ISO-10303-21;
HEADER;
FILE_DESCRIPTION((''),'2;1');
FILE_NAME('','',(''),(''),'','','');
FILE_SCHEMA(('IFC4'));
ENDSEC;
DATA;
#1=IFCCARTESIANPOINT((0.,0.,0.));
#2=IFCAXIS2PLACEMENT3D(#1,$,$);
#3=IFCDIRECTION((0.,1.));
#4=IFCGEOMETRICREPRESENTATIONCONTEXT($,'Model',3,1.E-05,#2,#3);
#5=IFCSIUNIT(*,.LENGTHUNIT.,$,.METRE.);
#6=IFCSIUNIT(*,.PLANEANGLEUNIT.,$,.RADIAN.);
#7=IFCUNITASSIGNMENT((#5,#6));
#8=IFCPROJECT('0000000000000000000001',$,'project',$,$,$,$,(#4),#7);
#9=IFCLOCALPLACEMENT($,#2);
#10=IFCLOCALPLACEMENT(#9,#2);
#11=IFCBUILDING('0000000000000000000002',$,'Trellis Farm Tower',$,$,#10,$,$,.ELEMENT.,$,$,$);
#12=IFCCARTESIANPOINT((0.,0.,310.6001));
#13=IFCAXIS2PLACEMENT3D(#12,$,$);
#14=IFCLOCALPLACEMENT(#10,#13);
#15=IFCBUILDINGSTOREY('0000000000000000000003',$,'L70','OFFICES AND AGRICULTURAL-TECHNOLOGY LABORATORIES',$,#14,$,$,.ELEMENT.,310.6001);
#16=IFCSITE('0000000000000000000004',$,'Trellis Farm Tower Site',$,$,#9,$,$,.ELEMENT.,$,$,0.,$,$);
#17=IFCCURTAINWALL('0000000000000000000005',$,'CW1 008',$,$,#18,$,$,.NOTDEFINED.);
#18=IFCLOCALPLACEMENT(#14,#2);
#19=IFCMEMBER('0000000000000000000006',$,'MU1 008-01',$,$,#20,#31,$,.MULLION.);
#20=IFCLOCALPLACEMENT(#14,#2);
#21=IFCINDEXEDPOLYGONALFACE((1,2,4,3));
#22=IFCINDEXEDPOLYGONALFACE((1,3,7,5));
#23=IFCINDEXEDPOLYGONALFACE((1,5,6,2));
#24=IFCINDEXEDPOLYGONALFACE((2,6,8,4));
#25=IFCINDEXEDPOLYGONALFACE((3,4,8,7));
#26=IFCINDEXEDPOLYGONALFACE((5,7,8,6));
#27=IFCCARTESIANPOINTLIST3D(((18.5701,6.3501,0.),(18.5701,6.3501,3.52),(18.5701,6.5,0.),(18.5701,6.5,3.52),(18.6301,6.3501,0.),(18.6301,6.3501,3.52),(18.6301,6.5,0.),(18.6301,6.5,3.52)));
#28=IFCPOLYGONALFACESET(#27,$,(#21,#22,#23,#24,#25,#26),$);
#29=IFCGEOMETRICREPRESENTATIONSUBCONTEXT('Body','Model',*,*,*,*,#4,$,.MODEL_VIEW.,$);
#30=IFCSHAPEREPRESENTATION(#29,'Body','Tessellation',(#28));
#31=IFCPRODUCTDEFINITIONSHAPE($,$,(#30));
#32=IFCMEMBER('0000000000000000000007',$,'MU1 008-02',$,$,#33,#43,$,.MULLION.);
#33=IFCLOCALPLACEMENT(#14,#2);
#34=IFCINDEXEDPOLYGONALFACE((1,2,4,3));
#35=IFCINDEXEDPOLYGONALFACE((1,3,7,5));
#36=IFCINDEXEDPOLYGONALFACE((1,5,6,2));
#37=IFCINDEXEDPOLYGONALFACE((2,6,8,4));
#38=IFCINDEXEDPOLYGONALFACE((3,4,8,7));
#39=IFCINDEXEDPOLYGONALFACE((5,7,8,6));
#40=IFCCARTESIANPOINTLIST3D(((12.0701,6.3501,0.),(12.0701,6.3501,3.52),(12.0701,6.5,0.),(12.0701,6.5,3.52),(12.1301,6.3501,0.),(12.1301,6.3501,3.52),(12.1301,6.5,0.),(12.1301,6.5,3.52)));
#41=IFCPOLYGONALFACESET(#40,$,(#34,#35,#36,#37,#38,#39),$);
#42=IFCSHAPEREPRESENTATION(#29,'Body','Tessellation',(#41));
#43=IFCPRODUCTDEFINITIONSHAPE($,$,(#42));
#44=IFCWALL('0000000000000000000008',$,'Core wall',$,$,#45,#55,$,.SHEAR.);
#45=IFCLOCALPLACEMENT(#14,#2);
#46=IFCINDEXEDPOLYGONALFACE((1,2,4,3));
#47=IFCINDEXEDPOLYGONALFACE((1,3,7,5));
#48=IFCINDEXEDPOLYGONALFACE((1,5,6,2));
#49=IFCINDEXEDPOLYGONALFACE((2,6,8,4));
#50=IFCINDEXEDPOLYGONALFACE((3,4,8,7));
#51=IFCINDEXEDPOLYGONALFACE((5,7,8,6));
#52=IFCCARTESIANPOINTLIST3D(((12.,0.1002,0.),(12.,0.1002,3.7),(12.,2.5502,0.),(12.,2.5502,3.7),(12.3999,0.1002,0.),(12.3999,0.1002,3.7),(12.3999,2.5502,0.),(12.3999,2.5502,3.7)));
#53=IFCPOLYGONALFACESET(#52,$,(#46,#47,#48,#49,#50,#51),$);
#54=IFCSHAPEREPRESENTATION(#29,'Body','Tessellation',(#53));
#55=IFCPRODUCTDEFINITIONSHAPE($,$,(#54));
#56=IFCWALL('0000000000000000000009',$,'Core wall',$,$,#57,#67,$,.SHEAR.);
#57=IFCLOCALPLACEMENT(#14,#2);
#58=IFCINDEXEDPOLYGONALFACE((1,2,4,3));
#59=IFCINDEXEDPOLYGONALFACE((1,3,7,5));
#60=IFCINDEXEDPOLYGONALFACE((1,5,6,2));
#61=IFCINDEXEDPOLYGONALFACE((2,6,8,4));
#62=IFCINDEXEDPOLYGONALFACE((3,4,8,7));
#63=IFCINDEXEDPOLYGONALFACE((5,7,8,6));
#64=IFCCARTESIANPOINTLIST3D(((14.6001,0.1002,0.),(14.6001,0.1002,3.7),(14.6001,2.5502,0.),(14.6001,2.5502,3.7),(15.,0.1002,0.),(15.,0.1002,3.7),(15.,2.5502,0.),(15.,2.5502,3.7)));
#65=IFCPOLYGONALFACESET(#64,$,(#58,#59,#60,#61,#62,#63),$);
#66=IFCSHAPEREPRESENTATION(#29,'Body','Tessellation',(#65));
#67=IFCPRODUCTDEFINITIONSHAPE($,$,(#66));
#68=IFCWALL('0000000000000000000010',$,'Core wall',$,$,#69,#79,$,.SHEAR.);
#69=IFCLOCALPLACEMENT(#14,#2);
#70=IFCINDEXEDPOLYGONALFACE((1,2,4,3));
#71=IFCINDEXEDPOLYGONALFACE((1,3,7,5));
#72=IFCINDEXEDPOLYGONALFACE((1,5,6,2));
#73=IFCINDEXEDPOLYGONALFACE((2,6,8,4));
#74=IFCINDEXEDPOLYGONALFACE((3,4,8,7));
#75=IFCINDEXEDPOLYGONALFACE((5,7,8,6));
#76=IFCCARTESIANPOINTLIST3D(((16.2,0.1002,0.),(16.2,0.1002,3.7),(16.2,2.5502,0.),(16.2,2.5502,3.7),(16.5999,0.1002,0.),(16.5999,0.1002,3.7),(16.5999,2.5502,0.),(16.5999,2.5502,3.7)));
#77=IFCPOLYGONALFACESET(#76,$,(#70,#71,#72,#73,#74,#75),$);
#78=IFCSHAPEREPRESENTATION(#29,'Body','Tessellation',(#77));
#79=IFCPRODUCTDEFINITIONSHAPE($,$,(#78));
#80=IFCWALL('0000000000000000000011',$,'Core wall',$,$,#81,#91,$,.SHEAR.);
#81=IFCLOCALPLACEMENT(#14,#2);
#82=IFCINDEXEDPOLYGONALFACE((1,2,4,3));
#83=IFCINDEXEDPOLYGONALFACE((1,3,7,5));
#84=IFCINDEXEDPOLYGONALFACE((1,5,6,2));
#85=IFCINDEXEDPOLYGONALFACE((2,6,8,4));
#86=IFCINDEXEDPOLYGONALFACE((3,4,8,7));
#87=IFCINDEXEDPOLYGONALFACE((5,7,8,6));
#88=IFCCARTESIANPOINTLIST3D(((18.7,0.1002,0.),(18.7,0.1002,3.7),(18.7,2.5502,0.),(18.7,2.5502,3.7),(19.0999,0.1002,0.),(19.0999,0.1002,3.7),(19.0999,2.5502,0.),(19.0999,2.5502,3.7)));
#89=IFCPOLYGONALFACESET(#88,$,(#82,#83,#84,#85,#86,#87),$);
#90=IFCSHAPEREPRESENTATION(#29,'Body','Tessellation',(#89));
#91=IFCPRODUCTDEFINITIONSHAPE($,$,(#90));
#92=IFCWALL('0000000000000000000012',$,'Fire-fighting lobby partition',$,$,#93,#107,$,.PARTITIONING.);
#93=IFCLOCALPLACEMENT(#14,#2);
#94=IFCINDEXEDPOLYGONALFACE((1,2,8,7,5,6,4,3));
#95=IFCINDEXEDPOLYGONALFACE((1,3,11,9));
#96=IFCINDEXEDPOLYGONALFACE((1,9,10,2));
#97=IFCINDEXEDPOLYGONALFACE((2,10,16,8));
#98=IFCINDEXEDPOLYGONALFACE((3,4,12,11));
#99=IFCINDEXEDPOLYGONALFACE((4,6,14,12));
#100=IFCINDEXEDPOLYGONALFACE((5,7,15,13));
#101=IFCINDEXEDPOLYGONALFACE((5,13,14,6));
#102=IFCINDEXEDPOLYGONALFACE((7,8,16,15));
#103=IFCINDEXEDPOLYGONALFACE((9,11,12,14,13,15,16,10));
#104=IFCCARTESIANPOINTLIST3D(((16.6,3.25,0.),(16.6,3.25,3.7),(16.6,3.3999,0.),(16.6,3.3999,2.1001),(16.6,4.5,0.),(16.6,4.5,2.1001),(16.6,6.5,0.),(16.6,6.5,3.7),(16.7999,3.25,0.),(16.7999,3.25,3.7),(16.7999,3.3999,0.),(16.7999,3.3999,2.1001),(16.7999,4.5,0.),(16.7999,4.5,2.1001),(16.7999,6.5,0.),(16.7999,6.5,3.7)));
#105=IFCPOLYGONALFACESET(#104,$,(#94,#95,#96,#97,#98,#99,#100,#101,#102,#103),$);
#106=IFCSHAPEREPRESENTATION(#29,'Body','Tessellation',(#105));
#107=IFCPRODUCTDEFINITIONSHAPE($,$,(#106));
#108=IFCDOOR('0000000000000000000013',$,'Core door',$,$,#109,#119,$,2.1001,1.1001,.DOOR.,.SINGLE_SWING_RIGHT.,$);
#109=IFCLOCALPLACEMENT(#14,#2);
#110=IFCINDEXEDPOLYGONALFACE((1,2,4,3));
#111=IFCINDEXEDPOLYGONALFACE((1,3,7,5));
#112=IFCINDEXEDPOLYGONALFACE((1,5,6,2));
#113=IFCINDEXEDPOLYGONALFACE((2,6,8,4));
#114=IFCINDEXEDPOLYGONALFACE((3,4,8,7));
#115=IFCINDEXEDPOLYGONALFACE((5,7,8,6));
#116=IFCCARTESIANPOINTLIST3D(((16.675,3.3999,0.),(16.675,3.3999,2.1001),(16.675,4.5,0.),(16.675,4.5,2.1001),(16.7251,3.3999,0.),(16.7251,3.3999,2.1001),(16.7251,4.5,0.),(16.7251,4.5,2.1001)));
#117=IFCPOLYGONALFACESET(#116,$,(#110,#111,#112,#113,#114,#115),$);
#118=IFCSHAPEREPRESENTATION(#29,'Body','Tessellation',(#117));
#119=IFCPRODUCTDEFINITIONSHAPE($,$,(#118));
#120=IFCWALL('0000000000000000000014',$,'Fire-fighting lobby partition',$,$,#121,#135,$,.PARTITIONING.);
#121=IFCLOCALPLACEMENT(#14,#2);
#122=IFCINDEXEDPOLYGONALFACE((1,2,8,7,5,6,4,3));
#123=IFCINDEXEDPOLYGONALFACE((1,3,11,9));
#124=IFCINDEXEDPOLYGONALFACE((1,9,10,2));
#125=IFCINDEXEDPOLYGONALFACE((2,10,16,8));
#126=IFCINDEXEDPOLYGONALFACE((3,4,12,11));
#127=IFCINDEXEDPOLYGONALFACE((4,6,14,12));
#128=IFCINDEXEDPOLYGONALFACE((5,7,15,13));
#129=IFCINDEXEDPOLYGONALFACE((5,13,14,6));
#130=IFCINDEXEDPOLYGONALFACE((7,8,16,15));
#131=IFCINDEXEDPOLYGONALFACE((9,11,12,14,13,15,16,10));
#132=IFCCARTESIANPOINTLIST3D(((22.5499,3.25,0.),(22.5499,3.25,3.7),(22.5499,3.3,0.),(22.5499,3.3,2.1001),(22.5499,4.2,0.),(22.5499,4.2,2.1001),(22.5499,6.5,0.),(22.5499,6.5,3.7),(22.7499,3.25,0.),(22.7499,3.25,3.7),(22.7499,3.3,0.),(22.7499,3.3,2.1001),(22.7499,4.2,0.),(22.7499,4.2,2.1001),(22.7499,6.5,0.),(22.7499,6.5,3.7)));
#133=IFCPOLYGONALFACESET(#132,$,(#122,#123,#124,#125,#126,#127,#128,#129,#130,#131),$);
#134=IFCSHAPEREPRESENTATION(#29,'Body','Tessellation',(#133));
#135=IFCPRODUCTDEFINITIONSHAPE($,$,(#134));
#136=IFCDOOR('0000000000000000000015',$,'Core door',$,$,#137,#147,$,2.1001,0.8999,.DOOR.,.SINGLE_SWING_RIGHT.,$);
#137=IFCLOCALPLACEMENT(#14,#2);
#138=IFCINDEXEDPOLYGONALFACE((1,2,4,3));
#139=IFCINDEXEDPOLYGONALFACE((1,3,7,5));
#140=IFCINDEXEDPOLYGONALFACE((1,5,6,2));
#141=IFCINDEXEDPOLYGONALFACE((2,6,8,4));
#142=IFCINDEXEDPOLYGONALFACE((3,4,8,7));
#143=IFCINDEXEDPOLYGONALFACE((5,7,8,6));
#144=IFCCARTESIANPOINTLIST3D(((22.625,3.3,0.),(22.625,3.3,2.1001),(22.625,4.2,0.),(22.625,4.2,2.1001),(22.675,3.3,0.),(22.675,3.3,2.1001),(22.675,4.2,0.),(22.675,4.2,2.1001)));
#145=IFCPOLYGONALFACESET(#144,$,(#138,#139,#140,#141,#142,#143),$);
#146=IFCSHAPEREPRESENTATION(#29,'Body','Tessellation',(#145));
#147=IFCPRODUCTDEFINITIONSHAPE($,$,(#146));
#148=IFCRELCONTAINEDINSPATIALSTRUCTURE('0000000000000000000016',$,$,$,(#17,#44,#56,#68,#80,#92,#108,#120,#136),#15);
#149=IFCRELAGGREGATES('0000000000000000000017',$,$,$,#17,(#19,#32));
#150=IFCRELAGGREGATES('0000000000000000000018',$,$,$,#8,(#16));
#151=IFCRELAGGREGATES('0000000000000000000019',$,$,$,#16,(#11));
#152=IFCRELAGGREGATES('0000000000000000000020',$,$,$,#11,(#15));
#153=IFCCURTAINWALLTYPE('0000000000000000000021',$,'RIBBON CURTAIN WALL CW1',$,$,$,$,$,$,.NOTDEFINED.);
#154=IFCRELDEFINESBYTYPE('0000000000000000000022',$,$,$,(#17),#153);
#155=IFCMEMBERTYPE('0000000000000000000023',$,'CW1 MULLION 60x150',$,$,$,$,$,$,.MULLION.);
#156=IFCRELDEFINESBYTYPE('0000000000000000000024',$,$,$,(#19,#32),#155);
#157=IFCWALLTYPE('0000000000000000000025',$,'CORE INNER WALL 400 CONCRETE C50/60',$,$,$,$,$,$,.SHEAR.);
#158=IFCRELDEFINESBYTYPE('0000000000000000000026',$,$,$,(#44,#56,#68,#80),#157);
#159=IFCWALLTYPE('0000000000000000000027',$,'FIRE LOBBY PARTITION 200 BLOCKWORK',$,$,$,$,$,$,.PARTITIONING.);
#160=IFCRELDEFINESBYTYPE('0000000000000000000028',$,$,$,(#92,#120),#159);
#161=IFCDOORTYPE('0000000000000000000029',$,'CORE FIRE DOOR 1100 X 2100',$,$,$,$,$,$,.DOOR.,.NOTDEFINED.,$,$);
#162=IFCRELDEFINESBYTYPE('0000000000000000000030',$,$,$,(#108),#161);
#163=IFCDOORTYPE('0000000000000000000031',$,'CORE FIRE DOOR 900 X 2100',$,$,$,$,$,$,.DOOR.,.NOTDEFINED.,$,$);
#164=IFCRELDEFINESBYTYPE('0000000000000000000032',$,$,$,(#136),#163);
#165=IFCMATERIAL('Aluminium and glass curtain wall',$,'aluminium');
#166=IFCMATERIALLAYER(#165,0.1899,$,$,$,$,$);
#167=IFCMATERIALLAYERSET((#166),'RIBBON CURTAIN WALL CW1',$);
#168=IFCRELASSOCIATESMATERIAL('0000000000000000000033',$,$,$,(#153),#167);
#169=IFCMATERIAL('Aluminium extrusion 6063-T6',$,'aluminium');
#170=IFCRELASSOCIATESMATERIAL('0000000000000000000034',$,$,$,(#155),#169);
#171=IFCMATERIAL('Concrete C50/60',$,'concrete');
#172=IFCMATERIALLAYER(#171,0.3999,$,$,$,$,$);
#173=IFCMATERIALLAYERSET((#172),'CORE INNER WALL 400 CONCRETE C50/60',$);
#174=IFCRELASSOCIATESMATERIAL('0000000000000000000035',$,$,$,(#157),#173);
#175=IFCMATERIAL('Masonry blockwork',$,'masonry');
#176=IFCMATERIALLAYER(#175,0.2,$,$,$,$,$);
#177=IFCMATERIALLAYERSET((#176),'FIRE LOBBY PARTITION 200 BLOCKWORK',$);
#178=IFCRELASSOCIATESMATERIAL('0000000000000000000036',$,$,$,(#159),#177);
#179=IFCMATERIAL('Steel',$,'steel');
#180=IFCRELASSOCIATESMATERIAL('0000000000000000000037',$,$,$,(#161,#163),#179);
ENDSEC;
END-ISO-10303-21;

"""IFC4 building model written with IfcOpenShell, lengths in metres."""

from ifc_helpers import new_model, si_unit, direction, frame, frame_2d, origin, origin_2d, place, context, subcontext, project, spatial, rectangle, extrude, source, transform, mapped, material, layer, layer_set, material_profile, profile_set, type_object, element, fill, aggregate, save


model = new_model("IFC4")

# Units and contexts
model_context = context("Model", 3, precision=1e-05, world=origin(), true_north=direction((0.0, 1.0)))
body_context = subcontext(model_context, "Body", "Model", "MODEL_VIEW")
ifc_project = project(units=[si_unit("LENGTHUNIT", "METRE"), si_unit("PLANEANGLEUNIT", "RADIAN")], contexts=[model_context])

# Site, building, storey
site_placement = place(None, origin())
site = spatial("IfcSite", under=ifc_project, at=site_placement, Name="Trellis Farm Tower Site", CompositionType="ELEMENT", RefElevation=0.0)
building_placement = place(site_placement, origin())
building = spatial("IfcBuilding", under=site, at=building_placement, Name="Trellis Farm Tower", CompositionType="ELEMENT")
storey_placement = place(building_placement, frame((0.0, 0.0, 310.6001)))
storey = spatial("IfcBuildingStorey", under=building, at=storey_placement, Name="L70", Description="OFFICES AND AGRICULTURAL-TECHNOLOGY LABORATORIES", CompositionType="ELEMENT", Elevation=310.6001)

# Curtain wall, members
ifc_material_1 = material(Name="Aluminium and glass curtain wall", Category="aluminium")
ifc_layer_1 = layer(ifc_material_1, 0.1899)
ifc_layer_set_1 = layer_set([ifc_layer_1], Name="RIBBON CURTAIN WALL CW1")
curtain_wall_type = type_object("IfcCurtainWallType", Name="RIBBON CURTAIN WALL CW1", PredefinedType="NOTDEFINED", material=ifc_layer_set_1)
placement = place(storey_placement, origin())
ifc_material_2 = material(Name="Aluminium extrusion 6063-T6", Category="aluminium")
ifc_material_profile_1 = material_profile(ifc_material_2, rectangle(XDim=0.0601, YDim=0.1499, at=origin_2d()), Name="MULLION 60x150")
ifc_profile_set_1 = profile_set([ifc_material_profile_1], Name="Aluminium extrusion 6063-T6")
member_type = type_object("IfcMemberType", Name="CW1 MULLION 60x150", PredefinedType="MULLION", material=ifc_profile_set_1)
shared_shape_1 = source(origin(), body_context, "Body", "SweptSolid", [
    extrude(rectangle(XDim=0.0601, YDim=0.1499, at=origin_2d()), origin(), (0.0, 0.0, 1.0), 3.52),
])
curtain_wall_1 = element("IfcCurtainWall", 1, at=placement, inside=storey, type_object=curtain_wall_type, Name="CW1 008", PredefinedType="NOTDEFINED")
member_1_placement = place(storey_placement, frame((18.6001, 6.425, 0.0), z_axis=(0.0, 0.0, 1.0), x_axis=(-1.0, 0.0, 0.0)))
member_1 = element("IfcMember", 2, at=member_1_placement, type_object=member_type, Name="MU1 008-01", PredefinedType="MULLION", context=body_context, shape_type="MappedRepresentation", body=[
    mapped(shared_shape_1, transform((0.0, 0.0, 0.0))),
])
member_2_placement = place(storey_placement, frame((12.1001, 6.425, 0.0), z_axis=(0.0, 0.0, 1.0), x_axis=(-1.0, 0.0, 0.0)))
member_2 = element("IfcMember", 3, at=member_2_placement, type_object=member_type, Name="MU1 008-02", PredefinedType="MULLION", context=body_context, shape_type="MappedRepresentation", body=[
    mapped(shared_shape_1, transform((0.0, 0.0, 0.0))),
])
aggregate(curtain_wall_1, [member_1, member_2])

# Walls
ifc_material_3 = material(Name="Concrete C50/60", Category="concrete")
ifc_layer_2 = layer(ifc_material_3, 0.3999)
ifc_layer_set_2 = layer_set([ifc_layer_2], Name="CORE INNER WALL 400 CONCRETE C50/60")
wall_type_1 = type_object("IfcWallType", Name="CORE INNER WALL 400 CONCRETE C50/60", PredefinedType="SHEAR", material=ifc_layer_set_2)
shared_shape_2 = source(origin(), body_context, "Body", "SweptSolid", [
    extrude(rectangle(XDim=2.45, YDim=0.3999, at=frame_2d((1.2251, 0.0))), origin(), (0.0, 0.0, 1.0), 3.7),
])
for number, where, z_axis, x_axis, name in (
    (4, (12.2, 0.1001, 0.0), (0.0, 0.0, 1.0), (0.0, 1.0, 0.0), "Core wall"),
    (5, (14.8, 0.1001, 0.0), (0.0, 0.0, 1.0), (0.0, 1.0, 0.0), "Core wall"),
    (6, (16.3999, 0.1001, 0.0), (0.0, 0.0, 1.0), (0.0, 1.0, 0.0), "Core wall"),
    (7, (18.8999, 0.1001, 0.0), (0.0, 0.0, 1.0), (0.0, 1.0, 0.0), "Core wall"),
):
    element("IfcWall", number, at=place(storey_placement, frame(where, z_axis=z_axis, x_axis=x_axis)), inside=storey, type_object=wall_type_1, Name=name, PredefinedType="SHEAR", context=body_context, shape_type="MappedRepresentation", body=[
        mapped(shared_shape_2, transform((0.0, 0.0, 0.0))),
    ])

# Walls, openings, doors
ifc_material_4 = material(Name="Masonry blockwork", Category="masonry")
ifc_layer_3 = layer(ifc_material_4, 0.2)
ifc_layer_set_3 = layer_set([ifc_layer_3], Name="FIRE LOBBY PARTITION 200 BLOCKWORK")
wall_type_2 = type_object("IfcWallType", Name="FIRE LOBBY PARTITION 200 BLOCKWORK", PredefinedType="PARTITIONING", material=ifc_layer_set_3)
shared_shape_3 = source(origin(), body_context, "Body", "SweptSolid", [
    extrude(rectangle(XDim=3.25, YDim=0.2, at=frame_2d((1.625, 0.0))), origin(), (0.0, 0.0, 1.0), 3.7),
])
wall_1_placement = place(storey_placement, frame((16.7, 3.25, 0.0), z_axis=(0.0, 0.0, 1.0), x_axis=(0.0, 1.0, 0.0)))
wall_1 = element("IfcWall", 8, at=wall_1_placement, inside=storey, type_object=wall_type_2, Name="Fire-fighting lobby partition", PredefinedType="PARTITIONING", context=body_context, shape_type="MappedRepresentation", body=[
    mapped(shared_shape_3, transform((0.0, 0.0, 0.0))),
])
shared_shape_4 = source(origin(), body_context, "Body", "SweptSolid", [
    extrude(rectangle(XDim=1.1001, YDim=2.1001, at=frame_2d((0.55, 1.05))), frame((0.0, 0.1101, 0.0), z_axis=(0.0, -1.0, 0.0), x_axis=(1.0, 0.0, 0.0)), (0.0, 0.0, 1.0), 0.2202),
])
opening_1_placement = place(wall_1_placement, frame((0.1499, 0.0, 0.0)))
opening_1 = element("IfcOpeningElement", 9, at=opening_1_placement, cuts=wall_1, PredefinedType="OPENING", context=body_context, shape_type="MappedRepresentation", body=[
    mapped(shared_shape_4, transform((0.0, 0.0, 0.0))),
])
ifc_material_5 = material(Name="Steel", Category="steel")
door_type_1 = type_object("IfcDoorType", Name="CORE FIRE DOOR 1100 X 2100", OperationType="NOTDEFINED", PredefinedType="DOOR", material=ifc_material_5)
shared_shape_5 = source(origin(), body_context, "Body", "SweptSolid", [
    extrude(rectangle(XDim=1.1001, YDim=2.1001, at=frame_2d((0.55, 1.05))), frame((0.0, 0.0249, 0.0), z_axis=(0.0, -1.0, 0.0), x_axis=(1.0, 0.0, 0.0)), (0.0, 0.0, 1.0), 0.05),
])
door_1_placement = place(opening_1_placement, origin())
door_1 = element("IfcDoor", 10, at=door_1_placement, inside=storey, type_object=door_type_1, Name="Core door", OperationType="SINGLE_SWING_RIGHT", OverallHeight=2.1001, OverallWidth=1.1001, PredefinedType="DOOR", context=body_context, shape_type="MappedRepresentation", body=[
    mapped(shared_shape_5, transform((0.0, 0.0, 0.0))),
])
fill(opening_1, door_1)
wall_2_placement = place(storey_placement, frame((22.6499, 3.25, 0.0), z_axis=(0.0, 0.0, 1.0), x_axis=(0.0, 1.0, 0.0)))
wall_2 = element("IfcWall", 11, at=wall_2_placement, inside=storey, type_object=wall_type_2, Name="Fire-fighting lobby partition", PredefinedType="PARTITIONING", context=body_context, shape_type="MappedRepresentation", body=[
    mapped(shared_shape_3, transform((0.0, 0.0, 0.0))),
])
shared_shape_6 = source(origin(), body_context, "Body", "SweptSolid", [
    extrude(rectangle(XDim=0.8999, YDim=2.1001, at=frame_2d((0.45, 1.05))), frame((0.0, 0.1101, 0.0), z_axis=(0.0, -1.0, 0.0), x_axis=(1.0, 0.0, 0.0)), (0.0, 0.0, 1.0), 0.2202),
])
opening_2_placement = place(wall_2_placement, frame((0.05, 0.0, 0.0)))
opening_2 = element("IfcOpeningElement", 12, at=opening_2_placement, cuts=wall_2, PredefinedType="OPENING", context=body_context, shape_type="MappedRepresentation", body=[
    mapped(shared_shape_6, transform((0.0, 0.0, 0.0))),
])
door_type_2 = type_object("IfcDoorType", Name="CORE FIRE DOOR 900 X 2100", OperationType="NOTDEFINED", PredefinedType="DOOR", material=ifc_material_5)
shared_shape_7 = source(origin(), body_context, "Body", "SweptSolid", [
    extrude(rectangle(XDim=0.8999, YDim=2.1001, at=frame_2d((0.45, 1.05))), frame((0.0, 0.0249, 0.0), z_axis=(0.0, -1.0, 0.0), x_axis=(1.0, 0.0, 0.0)), (0.0, 0.0, 1.0), 0.05),
])
door_2_placement = place(opening_2_placement, origin())
door_2 = element("IfcDoor", 13, at=door_2_placement, inside=storey, type_object=door_type_2, Name="Core door", OperationType="SINGLE_SWING_RIGHT", OverallHeight=2.1001, OverallWidth=0.8999, PredefinedType="DOOR", context=body_context, shape_type="MappedRepresentation", body=[
    mapped(shared_shape_7, transform((0.0, 0.0, 0.0))),
])
fill(opening_2, door_2)

save(model, "model.ifc")
